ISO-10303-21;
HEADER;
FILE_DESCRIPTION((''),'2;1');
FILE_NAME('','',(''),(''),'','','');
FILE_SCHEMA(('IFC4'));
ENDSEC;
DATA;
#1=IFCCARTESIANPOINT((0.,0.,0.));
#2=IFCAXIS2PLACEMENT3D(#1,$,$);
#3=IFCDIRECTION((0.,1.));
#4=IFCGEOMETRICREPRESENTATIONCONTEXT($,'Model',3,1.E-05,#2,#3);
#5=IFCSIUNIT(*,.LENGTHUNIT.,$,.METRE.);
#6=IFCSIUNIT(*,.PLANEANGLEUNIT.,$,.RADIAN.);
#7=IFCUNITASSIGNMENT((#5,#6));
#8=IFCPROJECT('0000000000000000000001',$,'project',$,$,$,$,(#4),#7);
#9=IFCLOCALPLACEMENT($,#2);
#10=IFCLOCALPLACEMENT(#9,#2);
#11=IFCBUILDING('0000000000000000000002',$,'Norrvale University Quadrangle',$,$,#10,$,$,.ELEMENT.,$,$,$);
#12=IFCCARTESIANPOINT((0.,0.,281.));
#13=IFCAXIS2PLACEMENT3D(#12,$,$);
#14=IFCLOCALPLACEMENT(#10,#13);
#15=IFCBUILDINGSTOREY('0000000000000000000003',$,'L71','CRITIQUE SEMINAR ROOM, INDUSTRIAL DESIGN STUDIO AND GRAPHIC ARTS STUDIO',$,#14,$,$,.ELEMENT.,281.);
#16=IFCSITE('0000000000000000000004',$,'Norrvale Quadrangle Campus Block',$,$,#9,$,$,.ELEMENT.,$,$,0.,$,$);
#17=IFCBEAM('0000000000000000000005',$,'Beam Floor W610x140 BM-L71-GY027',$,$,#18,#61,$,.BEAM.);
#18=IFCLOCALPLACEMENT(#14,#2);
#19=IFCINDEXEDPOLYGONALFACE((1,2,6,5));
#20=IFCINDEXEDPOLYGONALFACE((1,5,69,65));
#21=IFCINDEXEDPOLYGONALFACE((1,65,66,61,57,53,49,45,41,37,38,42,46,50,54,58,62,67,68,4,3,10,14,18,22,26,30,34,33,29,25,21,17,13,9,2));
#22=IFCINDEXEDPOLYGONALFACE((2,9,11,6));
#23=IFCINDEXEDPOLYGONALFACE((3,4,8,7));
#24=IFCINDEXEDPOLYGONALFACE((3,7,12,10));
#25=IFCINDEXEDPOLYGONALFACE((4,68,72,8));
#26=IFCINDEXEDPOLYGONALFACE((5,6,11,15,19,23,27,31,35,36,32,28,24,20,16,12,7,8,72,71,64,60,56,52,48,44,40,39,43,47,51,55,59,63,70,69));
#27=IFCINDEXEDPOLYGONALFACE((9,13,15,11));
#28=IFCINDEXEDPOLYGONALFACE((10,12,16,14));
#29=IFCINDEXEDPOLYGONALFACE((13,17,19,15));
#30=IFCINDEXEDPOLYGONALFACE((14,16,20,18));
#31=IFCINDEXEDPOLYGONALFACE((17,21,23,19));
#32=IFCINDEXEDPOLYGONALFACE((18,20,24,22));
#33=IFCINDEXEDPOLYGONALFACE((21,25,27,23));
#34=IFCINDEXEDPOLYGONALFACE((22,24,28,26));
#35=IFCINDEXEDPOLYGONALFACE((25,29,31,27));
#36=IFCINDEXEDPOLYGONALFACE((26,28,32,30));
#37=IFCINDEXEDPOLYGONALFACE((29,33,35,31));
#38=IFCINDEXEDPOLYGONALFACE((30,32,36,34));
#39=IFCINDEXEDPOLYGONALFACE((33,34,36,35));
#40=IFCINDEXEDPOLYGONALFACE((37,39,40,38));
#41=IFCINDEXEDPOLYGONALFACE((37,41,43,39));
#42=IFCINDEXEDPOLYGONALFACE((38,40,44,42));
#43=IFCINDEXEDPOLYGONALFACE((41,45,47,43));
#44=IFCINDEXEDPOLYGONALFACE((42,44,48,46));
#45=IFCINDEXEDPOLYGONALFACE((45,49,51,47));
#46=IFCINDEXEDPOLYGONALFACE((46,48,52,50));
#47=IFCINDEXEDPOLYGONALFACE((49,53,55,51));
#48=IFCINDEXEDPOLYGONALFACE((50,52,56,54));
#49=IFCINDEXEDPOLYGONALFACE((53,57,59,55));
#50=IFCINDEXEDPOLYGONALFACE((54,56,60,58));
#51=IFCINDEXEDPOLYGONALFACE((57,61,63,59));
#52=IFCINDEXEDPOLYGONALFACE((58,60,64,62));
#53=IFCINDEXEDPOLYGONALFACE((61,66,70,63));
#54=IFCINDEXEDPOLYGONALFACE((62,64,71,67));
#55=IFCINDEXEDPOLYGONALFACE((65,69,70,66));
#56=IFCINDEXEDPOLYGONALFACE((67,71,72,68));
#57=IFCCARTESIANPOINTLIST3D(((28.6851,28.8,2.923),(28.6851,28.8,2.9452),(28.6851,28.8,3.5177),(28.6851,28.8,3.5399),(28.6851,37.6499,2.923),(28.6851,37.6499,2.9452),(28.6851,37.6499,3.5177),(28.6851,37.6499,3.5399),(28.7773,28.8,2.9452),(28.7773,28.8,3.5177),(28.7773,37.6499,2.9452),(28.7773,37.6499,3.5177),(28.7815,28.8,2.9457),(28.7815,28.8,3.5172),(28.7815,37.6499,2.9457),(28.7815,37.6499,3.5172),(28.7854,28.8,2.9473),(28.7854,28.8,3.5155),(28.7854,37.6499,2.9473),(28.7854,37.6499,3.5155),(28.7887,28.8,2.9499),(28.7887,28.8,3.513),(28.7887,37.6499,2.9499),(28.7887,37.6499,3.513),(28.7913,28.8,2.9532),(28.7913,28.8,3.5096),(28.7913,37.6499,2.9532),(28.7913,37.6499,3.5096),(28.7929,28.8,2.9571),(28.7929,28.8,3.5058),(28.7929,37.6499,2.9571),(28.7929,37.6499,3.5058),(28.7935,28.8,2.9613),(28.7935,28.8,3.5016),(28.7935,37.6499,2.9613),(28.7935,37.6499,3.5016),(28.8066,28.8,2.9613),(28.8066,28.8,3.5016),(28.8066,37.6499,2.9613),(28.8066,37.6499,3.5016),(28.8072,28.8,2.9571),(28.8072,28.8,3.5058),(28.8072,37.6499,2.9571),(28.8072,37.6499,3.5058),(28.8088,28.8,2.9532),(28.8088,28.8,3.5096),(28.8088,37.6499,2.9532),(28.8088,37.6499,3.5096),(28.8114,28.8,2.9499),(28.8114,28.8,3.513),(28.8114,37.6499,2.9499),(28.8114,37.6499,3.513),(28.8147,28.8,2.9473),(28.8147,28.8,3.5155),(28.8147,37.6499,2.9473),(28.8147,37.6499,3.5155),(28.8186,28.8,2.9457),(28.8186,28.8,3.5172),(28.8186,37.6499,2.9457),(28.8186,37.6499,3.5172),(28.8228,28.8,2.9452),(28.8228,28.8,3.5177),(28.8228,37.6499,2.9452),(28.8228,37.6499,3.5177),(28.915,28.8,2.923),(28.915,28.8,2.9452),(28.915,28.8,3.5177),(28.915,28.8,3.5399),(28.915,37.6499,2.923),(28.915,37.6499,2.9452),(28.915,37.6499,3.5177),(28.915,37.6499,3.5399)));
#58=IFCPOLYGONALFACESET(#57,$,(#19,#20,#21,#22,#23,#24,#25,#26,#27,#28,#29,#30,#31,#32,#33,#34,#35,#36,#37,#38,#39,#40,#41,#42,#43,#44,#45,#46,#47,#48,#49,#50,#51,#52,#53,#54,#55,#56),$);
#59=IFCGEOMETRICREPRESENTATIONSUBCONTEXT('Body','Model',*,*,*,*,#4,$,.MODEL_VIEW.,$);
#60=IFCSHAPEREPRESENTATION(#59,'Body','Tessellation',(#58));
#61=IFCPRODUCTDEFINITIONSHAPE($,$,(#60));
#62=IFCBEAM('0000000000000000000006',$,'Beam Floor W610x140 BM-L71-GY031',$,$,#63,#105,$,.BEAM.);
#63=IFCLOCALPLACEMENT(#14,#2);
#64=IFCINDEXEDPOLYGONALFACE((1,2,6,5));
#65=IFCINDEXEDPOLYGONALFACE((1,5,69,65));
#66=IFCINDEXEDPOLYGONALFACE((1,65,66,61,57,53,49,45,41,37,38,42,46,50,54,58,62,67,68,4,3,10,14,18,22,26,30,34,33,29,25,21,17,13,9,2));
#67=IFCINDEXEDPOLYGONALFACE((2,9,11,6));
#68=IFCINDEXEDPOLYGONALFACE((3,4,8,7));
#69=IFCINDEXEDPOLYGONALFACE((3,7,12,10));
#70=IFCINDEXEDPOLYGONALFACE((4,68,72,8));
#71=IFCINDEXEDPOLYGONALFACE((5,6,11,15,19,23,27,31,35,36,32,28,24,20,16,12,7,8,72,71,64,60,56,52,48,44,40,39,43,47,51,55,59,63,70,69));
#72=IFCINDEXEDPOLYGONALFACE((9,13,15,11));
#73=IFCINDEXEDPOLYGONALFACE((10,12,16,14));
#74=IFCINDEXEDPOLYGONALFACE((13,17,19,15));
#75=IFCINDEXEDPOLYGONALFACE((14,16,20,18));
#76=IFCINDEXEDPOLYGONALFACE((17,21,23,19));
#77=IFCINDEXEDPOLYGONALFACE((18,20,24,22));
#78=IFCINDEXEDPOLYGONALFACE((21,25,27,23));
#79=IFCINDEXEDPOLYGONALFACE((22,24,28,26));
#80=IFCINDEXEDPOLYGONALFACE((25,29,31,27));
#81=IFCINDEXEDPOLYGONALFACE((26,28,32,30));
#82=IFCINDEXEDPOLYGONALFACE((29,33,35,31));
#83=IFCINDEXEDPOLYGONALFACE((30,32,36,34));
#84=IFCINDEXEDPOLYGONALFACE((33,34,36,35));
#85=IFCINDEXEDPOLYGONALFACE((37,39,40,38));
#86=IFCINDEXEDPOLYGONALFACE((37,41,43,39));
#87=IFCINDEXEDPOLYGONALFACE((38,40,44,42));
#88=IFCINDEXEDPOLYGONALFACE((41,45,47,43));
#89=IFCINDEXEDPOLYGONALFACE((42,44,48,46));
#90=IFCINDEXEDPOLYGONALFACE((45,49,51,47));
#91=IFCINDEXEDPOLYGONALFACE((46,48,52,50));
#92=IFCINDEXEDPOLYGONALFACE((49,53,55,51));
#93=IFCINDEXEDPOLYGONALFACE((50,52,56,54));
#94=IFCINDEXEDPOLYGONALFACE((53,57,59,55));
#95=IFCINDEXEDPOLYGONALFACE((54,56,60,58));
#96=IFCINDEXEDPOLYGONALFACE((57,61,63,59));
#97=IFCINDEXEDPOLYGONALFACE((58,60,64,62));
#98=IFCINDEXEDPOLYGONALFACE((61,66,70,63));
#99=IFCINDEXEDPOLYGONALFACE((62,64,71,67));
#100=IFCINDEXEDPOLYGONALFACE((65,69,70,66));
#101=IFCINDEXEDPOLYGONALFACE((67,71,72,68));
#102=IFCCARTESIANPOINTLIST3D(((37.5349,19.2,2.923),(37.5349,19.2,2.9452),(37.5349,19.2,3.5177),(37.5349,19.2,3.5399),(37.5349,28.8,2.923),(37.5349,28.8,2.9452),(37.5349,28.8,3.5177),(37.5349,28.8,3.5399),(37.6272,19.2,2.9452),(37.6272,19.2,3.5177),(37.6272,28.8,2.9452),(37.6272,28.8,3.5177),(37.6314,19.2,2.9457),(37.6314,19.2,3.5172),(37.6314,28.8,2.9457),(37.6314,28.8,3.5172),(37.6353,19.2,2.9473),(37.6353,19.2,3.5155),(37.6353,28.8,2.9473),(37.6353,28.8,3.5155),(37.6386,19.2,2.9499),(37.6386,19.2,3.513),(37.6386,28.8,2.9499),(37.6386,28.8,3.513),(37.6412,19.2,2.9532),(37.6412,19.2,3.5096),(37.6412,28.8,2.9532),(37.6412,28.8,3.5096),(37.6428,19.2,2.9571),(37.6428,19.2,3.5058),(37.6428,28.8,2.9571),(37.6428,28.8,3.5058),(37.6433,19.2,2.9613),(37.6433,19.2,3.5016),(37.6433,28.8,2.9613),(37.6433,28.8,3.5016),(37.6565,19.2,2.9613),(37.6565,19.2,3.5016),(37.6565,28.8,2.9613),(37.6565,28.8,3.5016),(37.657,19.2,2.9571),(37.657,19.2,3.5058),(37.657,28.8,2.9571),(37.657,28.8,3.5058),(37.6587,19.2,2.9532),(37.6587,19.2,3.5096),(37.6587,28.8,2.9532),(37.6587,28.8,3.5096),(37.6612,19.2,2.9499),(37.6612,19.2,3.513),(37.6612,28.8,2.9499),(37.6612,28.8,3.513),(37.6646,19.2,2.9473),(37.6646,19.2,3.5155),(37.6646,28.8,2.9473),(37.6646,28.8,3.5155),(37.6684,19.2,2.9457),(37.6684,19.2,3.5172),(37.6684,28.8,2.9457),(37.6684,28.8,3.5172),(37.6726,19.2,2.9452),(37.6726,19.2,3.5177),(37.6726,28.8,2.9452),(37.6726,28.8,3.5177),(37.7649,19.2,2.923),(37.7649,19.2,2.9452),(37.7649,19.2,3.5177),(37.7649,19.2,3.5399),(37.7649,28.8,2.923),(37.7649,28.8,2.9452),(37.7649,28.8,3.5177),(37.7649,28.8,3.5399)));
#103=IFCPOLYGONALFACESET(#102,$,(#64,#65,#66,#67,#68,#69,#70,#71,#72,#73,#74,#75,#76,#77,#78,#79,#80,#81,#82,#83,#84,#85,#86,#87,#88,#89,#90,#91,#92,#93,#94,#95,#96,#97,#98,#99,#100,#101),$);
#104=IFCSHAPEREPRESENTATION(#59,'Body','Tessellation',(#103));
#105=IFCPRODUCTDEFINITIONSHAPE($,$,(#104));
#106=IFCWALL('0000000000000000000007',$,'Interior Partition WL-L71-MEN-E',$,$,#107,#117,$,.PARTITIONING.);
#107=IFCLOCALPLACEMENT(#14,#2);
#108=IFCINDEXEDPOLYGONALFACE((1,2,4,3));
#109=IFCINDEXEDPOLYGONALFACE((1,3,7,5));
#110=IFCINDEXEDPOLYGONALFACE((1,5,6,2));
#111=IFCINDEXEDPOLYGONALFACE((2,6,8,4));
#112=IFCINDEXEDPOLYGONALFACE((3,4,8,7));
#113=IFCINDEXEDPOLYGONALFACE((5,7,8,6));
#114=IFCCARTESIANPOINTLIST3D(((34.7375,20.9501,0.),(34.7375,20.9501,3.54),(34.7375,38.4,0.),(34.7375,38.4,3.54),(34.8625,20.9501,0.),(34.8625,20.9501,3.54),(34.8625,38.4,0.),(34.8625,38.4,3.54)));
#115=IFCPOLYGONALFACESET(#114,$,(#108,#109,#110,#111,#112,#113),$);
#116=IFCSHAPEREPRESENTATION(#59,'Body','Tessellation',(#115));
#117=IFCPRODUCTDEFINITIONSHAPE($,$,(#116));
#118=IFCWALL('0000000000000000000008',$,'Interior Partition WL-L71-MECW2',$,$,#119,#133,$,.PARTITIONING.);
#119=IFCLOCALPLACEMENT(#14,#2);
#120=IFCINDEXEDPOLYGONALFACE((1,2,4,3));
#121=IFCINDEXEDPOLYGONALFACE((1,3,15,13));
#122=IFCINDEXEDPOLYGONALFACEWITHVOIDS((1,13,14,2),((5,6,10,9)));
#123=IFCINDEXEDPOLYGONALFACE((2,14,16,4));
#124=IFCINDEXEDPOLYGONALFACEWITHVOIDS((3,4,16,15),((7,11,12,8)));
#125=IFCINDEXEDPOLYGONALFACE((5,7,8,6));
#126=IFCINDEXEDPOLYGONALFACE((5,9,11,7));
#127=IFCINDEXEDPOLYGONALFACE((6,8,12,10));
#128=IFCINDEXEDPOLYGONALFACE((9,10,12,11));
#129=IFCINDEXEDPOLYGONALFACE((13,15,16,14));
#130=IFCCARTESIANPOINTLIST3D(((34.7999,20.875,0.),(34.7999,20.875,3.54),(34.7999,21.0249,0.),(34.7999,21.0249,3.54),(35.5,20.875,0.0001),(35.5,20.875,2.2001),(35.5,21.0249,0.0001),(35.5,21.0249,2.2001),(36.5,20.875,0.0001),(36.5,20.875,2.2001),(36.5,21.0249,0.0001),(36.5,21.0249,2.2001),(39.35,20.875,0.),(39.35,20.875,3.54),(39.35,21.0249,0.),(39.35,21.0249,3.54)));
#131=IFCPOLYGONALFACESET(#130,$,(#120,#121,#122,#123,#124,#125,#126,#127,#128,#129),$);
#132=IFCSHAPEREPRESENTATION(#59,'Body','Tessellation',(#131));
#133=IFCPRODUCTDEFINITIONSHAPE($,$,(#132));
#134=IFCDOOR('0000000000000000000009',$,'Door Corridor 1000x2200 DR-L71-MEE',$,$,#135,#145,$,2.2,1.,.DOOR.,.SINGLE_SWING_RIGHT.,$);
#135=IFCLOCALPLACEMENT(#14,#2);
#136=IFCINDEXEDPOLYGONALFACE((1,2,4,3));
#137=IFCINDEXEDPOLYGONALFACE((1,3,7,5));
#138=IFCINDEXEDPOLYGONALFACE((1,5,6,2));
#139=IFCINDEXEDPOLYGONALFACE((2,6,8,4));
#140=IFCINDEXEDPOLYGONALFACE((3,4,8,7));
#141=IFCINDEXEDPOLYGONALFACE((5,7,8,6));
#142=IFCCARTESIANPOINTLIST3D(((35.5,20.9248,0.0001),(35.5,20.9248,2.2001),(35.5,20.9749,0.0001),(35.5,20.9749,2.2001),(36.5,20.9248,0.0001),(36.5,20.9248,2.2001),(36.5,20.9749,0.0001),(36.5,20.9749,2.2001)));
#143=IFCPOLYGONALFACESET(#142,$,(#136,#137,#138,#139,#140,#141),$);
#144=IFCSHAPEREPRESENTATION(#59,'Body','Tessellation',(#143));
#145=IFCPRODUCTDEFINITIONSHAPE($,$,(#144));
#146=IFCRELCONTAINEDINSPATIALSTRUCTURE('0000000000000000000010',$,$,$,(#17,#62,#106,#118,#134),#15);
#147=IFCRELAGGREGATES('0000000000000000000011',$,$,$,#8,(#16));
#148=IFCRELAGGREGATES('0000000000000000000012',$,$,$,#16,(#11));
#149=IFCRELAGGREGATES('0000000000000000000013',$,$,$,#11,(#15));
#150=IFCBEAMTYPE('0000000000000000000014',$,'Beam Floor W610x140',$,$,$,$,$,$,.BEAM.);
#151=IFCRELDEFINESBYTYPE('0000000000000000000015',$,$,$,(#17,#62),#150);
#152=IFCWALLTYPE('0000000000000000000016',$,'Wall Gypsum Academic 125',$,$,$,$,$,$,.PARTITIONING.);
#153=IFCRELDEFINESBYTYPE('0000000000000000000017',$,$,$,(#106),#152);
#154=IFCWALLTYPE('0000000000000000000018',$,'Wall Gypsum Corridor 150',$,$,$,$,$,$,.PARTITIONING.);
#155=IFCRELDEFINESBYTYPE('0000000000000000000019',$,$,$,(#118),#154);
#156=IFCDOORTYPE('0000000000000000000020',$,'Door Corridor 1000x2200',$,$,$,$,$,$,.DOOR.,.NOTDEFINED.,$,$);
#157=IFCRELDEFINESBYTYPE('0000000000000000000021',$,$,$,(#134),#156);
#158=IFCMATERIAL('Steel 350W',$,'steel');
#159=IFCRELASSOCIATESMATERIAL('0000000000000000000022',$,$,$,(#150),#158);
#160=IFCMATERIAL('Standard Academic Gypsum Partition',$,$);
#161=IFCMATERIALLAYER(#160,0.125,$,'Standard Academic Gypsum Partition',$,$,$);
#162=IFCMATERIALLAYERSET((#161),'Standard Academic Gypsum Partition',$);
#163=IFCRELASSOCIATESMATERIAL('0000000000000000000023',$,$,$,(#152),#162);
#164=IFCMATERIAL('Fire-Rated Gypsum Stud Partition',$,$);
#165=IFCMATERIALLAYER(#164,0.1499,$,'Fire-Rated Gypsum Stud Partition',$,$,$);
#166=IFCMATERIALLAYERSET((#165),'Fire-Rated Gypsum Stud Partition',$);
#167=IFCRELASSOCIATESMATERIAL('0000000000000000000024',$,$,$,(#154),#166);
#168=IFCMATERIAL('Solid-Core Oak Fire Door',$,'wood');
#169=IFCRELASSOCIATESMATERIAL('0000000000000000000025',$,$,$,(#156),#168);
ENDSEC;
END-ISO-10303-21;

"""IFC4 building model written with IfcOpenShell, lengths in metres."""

from ifc_helpers import new_model, si_unit, direction, frame, frame_2d, origin, origin_2d, place, context, subcontext, project, spatial, rectangle, i_section, extrude, material, layer, layer_set, material_profile, profile_set, type_object, element, fill, save


model = new_model("IFC4")

# Units and contexts
model_context = context("Model", 3, precision=1e-05, world=origin(), true_north=direction((0.0, 1.0)))
body_context = subcontext(model_context, "Body", "Model", "MODEL_VIEW")
ifc_project = project(units=[si_unit("LENGTHUNIT", "METRE"), si_unit("PLANEANGLEUNIT", "RADIAN")], contexts=[model_context])

# Site, building, storey
site_placement = place(None, origin())
site = spatial("IfcSite", under=ifc_project, at=site_placement, Name="Norrvale Quadrangle Campus Block", CompositionType="ELEMENT", RefElevation=0.0)
building_placement = place(site_placement, origin())
building = spatial("IfcBuilding", under=site, at=building_placement, Name="Norrvale University Quadrangle", CompositionType="ELEMENT")
storey_placement = place(building_placement, frame((0.0, 0.0, 281.0)))
storey = spatial("IfcBuildingStorey", under=building, at=storey_placement, Name="L71", Description="CRITIQUE SEMINAR ROOM, INDUSTRIAL DESIGN STUDIO AND GRAPHIC ARTS STUDIO", CompositionType="ELEMENT", Elevation=281.0)

# Beams
ifc_material_1 = material(Name="Steel 350W", Category="steel")
ifc_material_profile_1 = material_profile(ifc_material_1, i_section(OverallWidth=0.23, OverallDepth=0.6169, WebThickness=0.0132, FlangeThickness=0.0222, FilletRadius=0.0161, at=origin_2d()), Name="Steel 350W")
ifc_profile_set_1 = profile_set([ifc_material_profile_1], Name="Steel 350W")
beam_type_1 = type_object("IfcBeamType", Name="Beam Floor W610x140", PredefinedType="BEAM", material=ifc_profile_set_1)
beam_1_placement = place(storey_placement, frame((28.8, 28.8, 3.2314), z_axis=(0.0, 1.0, 0.0), x_axis=(-1.0, 0.0, 0.0)))
element("IfcBeam", 1, at=beam_1_placement, inside=storey, type_object=beam_type_1, Name="Beam Floor W610x140 BM-L71-GY027", PredefinedType="BEAM", context=body_context, shape_type="SweptSolid", body=[
    extrude(i_section(OverallWidth=0.23, OverallDepth=0.6169, WebThickness=0.0132, FlangeThickness=0.0222, FilletRadius=0.0161, at=origin_2d()), origin(), (0.0, 0.0, 1.0), 8.8499),
])
beam_2_placement = place(storey_placement, frame((37.6499, 19.2, 3.2314), z_axis=(0.0, 1.0, 0.0), x_axis=(-1.0, 0.0, 0.0)))
element("IfcBeam", 2, at=beam_2_placement, inside=storey, type_object=beam_type_1, Name="Beam Floor W610x140 BM-L71-GY031", PredefinedType="BEAM", context=body_context, shape_type="SweptSolid", body=[
    extrude(i_section(OverallWidth=0.23, OverallDepth=0.6169, WebThickness=0.0132, FlangeThickness=0.0222, FilletRadius=0.0161, at=origin_2d()), origin(), (0.0, 0.0, 1.0), 9.6001),
])

# Wall
ifc_material_2 = material(Name="Standard Academic Gypsum Partition")
ifc_layer_1 = layer(ifc_material_2, 0.125, Name="Standard Academic Gypsum Partition")
ifc_layer_set_1 = layer_set([ifc_layer_1], Name="Standard Academic Gypsum Partition")
wall_type_1 = type_object("IfcWallType", Name="Wall Gypsum Academic 125", PredefinedType="PARTITIONING", material=ifc_layer_set_1)
wall_1_placement = place(storey_placement, frame((34.8, 20.95, 0.0), z_axis=(0.0, 0.0, 1.0), x_axis=(0.0, 1.0, 0.0)))
element("IfcWall", 3, at=wall_1_placement, inside=storey, type_object=wall_type_1, Name="Interior Partition WL-L71-MEN-E", PredefinedType="PARTITIONING", context=body_context, shape_type="SweptSolid", body=[
    extrude(rectangle(XDim=17.45, YDim=0.125, at=frame_2d((8.7251, 0.0))), origin(), (0.0, 0.0, 1.0), 3.54),
])

# Wall, opening, door
ifc_material_3 = material(Name="Fire-Rated Gypsum Stud Partition")
ifc_layer_2 = layer(ifc_material_3, 0.1499, Name="Fire-Rated Gypsum Stud Partition")
ifc_layer_set_2 = layer_set([ifc_layer_2], Name="Fire-Rated Gypsum Stud Partition")
wall_type_2 = type_object("IfcWallType", Name="Wall Gypsum Corridor 150", PredefinedType="PARTITIONING", material=ifc_layer_set_2)
wall_2_placement = place(storey_placement, frame((34.8, 20.95, 0.0), z_axis=(0.0, 0.0, 1.0), x_axis=(1.0, 0.0, 0.0)))
wall_2 = element("IfcWall", 4, at=wall_2_placement, inside=storey, type_object=wall_type_2, Name="Interior Partition WL-L71-MECW2", PredefinedType="PARTITIONING", context=body_context, shape_type="SweptSolid", body=[
    extrude(rectangle(XDim=4.55, YDim=0.1499, at=frame_2d((2.2749, 0.0))), origin(), (0.0, 0.0, 1.0), 3.54),
])
opening_placement = place(wall_2_placement, frame((0.7, 0.0, 0.0)))
opening = element("IfcOpeningElement", 5, at=opening_placement, cuts=wall_2, PredefinedType="OPENING", context=body_context, shape_type="SweptSolid", body=[
    extrude(rectangle(XDim=1.0, YDim=2.2, at=frame_2d((0.5, 1.1001))), frame((0.0, 0.0869, 0.0), z_axis=(0.0, -1.0, 0.0), x_axis=(1.0, 0.0, 0.0)), (0.0, 0.0, 1.0), 0.1738),
])
ifc_material_4 = material(Name="Solid-Core Oak Fire Door", Category="wood")
door_type = type_object("IfcDoorType", Name="Door Corridor 1000x2200", OperationType="NOTDEFINED", PredefinedType="DOOR", material=ifc_material_4)
door_placement = place(opening_placement, origin())
door = element("IfcDoor", 6, at=door_placement, inside=storey, type_object=door_type, Name="Door Corridor 1000x2200 DR-L71-MEE", OperationType="SINGLE_SWING_RIGHT", OverallHeight=2.2, OverallWidth=1.0, PredefinedType="DOOR", context=body_context, shape_type="SweptSolid", body=[
    extrude(rectangle(XDim=1.0, YDim=2.2, at=frame_2d((0.5, 1.1001))), frame((0.0, 0.0249, 0.0), z_axis=(0.0, -1.0, 0.0), x_axis=(1.0, 0.0, 0.0)), (0.0, 0.0, 1.0), 0.05),
])
fill(opening, door)

save(model, "model.ifc")
